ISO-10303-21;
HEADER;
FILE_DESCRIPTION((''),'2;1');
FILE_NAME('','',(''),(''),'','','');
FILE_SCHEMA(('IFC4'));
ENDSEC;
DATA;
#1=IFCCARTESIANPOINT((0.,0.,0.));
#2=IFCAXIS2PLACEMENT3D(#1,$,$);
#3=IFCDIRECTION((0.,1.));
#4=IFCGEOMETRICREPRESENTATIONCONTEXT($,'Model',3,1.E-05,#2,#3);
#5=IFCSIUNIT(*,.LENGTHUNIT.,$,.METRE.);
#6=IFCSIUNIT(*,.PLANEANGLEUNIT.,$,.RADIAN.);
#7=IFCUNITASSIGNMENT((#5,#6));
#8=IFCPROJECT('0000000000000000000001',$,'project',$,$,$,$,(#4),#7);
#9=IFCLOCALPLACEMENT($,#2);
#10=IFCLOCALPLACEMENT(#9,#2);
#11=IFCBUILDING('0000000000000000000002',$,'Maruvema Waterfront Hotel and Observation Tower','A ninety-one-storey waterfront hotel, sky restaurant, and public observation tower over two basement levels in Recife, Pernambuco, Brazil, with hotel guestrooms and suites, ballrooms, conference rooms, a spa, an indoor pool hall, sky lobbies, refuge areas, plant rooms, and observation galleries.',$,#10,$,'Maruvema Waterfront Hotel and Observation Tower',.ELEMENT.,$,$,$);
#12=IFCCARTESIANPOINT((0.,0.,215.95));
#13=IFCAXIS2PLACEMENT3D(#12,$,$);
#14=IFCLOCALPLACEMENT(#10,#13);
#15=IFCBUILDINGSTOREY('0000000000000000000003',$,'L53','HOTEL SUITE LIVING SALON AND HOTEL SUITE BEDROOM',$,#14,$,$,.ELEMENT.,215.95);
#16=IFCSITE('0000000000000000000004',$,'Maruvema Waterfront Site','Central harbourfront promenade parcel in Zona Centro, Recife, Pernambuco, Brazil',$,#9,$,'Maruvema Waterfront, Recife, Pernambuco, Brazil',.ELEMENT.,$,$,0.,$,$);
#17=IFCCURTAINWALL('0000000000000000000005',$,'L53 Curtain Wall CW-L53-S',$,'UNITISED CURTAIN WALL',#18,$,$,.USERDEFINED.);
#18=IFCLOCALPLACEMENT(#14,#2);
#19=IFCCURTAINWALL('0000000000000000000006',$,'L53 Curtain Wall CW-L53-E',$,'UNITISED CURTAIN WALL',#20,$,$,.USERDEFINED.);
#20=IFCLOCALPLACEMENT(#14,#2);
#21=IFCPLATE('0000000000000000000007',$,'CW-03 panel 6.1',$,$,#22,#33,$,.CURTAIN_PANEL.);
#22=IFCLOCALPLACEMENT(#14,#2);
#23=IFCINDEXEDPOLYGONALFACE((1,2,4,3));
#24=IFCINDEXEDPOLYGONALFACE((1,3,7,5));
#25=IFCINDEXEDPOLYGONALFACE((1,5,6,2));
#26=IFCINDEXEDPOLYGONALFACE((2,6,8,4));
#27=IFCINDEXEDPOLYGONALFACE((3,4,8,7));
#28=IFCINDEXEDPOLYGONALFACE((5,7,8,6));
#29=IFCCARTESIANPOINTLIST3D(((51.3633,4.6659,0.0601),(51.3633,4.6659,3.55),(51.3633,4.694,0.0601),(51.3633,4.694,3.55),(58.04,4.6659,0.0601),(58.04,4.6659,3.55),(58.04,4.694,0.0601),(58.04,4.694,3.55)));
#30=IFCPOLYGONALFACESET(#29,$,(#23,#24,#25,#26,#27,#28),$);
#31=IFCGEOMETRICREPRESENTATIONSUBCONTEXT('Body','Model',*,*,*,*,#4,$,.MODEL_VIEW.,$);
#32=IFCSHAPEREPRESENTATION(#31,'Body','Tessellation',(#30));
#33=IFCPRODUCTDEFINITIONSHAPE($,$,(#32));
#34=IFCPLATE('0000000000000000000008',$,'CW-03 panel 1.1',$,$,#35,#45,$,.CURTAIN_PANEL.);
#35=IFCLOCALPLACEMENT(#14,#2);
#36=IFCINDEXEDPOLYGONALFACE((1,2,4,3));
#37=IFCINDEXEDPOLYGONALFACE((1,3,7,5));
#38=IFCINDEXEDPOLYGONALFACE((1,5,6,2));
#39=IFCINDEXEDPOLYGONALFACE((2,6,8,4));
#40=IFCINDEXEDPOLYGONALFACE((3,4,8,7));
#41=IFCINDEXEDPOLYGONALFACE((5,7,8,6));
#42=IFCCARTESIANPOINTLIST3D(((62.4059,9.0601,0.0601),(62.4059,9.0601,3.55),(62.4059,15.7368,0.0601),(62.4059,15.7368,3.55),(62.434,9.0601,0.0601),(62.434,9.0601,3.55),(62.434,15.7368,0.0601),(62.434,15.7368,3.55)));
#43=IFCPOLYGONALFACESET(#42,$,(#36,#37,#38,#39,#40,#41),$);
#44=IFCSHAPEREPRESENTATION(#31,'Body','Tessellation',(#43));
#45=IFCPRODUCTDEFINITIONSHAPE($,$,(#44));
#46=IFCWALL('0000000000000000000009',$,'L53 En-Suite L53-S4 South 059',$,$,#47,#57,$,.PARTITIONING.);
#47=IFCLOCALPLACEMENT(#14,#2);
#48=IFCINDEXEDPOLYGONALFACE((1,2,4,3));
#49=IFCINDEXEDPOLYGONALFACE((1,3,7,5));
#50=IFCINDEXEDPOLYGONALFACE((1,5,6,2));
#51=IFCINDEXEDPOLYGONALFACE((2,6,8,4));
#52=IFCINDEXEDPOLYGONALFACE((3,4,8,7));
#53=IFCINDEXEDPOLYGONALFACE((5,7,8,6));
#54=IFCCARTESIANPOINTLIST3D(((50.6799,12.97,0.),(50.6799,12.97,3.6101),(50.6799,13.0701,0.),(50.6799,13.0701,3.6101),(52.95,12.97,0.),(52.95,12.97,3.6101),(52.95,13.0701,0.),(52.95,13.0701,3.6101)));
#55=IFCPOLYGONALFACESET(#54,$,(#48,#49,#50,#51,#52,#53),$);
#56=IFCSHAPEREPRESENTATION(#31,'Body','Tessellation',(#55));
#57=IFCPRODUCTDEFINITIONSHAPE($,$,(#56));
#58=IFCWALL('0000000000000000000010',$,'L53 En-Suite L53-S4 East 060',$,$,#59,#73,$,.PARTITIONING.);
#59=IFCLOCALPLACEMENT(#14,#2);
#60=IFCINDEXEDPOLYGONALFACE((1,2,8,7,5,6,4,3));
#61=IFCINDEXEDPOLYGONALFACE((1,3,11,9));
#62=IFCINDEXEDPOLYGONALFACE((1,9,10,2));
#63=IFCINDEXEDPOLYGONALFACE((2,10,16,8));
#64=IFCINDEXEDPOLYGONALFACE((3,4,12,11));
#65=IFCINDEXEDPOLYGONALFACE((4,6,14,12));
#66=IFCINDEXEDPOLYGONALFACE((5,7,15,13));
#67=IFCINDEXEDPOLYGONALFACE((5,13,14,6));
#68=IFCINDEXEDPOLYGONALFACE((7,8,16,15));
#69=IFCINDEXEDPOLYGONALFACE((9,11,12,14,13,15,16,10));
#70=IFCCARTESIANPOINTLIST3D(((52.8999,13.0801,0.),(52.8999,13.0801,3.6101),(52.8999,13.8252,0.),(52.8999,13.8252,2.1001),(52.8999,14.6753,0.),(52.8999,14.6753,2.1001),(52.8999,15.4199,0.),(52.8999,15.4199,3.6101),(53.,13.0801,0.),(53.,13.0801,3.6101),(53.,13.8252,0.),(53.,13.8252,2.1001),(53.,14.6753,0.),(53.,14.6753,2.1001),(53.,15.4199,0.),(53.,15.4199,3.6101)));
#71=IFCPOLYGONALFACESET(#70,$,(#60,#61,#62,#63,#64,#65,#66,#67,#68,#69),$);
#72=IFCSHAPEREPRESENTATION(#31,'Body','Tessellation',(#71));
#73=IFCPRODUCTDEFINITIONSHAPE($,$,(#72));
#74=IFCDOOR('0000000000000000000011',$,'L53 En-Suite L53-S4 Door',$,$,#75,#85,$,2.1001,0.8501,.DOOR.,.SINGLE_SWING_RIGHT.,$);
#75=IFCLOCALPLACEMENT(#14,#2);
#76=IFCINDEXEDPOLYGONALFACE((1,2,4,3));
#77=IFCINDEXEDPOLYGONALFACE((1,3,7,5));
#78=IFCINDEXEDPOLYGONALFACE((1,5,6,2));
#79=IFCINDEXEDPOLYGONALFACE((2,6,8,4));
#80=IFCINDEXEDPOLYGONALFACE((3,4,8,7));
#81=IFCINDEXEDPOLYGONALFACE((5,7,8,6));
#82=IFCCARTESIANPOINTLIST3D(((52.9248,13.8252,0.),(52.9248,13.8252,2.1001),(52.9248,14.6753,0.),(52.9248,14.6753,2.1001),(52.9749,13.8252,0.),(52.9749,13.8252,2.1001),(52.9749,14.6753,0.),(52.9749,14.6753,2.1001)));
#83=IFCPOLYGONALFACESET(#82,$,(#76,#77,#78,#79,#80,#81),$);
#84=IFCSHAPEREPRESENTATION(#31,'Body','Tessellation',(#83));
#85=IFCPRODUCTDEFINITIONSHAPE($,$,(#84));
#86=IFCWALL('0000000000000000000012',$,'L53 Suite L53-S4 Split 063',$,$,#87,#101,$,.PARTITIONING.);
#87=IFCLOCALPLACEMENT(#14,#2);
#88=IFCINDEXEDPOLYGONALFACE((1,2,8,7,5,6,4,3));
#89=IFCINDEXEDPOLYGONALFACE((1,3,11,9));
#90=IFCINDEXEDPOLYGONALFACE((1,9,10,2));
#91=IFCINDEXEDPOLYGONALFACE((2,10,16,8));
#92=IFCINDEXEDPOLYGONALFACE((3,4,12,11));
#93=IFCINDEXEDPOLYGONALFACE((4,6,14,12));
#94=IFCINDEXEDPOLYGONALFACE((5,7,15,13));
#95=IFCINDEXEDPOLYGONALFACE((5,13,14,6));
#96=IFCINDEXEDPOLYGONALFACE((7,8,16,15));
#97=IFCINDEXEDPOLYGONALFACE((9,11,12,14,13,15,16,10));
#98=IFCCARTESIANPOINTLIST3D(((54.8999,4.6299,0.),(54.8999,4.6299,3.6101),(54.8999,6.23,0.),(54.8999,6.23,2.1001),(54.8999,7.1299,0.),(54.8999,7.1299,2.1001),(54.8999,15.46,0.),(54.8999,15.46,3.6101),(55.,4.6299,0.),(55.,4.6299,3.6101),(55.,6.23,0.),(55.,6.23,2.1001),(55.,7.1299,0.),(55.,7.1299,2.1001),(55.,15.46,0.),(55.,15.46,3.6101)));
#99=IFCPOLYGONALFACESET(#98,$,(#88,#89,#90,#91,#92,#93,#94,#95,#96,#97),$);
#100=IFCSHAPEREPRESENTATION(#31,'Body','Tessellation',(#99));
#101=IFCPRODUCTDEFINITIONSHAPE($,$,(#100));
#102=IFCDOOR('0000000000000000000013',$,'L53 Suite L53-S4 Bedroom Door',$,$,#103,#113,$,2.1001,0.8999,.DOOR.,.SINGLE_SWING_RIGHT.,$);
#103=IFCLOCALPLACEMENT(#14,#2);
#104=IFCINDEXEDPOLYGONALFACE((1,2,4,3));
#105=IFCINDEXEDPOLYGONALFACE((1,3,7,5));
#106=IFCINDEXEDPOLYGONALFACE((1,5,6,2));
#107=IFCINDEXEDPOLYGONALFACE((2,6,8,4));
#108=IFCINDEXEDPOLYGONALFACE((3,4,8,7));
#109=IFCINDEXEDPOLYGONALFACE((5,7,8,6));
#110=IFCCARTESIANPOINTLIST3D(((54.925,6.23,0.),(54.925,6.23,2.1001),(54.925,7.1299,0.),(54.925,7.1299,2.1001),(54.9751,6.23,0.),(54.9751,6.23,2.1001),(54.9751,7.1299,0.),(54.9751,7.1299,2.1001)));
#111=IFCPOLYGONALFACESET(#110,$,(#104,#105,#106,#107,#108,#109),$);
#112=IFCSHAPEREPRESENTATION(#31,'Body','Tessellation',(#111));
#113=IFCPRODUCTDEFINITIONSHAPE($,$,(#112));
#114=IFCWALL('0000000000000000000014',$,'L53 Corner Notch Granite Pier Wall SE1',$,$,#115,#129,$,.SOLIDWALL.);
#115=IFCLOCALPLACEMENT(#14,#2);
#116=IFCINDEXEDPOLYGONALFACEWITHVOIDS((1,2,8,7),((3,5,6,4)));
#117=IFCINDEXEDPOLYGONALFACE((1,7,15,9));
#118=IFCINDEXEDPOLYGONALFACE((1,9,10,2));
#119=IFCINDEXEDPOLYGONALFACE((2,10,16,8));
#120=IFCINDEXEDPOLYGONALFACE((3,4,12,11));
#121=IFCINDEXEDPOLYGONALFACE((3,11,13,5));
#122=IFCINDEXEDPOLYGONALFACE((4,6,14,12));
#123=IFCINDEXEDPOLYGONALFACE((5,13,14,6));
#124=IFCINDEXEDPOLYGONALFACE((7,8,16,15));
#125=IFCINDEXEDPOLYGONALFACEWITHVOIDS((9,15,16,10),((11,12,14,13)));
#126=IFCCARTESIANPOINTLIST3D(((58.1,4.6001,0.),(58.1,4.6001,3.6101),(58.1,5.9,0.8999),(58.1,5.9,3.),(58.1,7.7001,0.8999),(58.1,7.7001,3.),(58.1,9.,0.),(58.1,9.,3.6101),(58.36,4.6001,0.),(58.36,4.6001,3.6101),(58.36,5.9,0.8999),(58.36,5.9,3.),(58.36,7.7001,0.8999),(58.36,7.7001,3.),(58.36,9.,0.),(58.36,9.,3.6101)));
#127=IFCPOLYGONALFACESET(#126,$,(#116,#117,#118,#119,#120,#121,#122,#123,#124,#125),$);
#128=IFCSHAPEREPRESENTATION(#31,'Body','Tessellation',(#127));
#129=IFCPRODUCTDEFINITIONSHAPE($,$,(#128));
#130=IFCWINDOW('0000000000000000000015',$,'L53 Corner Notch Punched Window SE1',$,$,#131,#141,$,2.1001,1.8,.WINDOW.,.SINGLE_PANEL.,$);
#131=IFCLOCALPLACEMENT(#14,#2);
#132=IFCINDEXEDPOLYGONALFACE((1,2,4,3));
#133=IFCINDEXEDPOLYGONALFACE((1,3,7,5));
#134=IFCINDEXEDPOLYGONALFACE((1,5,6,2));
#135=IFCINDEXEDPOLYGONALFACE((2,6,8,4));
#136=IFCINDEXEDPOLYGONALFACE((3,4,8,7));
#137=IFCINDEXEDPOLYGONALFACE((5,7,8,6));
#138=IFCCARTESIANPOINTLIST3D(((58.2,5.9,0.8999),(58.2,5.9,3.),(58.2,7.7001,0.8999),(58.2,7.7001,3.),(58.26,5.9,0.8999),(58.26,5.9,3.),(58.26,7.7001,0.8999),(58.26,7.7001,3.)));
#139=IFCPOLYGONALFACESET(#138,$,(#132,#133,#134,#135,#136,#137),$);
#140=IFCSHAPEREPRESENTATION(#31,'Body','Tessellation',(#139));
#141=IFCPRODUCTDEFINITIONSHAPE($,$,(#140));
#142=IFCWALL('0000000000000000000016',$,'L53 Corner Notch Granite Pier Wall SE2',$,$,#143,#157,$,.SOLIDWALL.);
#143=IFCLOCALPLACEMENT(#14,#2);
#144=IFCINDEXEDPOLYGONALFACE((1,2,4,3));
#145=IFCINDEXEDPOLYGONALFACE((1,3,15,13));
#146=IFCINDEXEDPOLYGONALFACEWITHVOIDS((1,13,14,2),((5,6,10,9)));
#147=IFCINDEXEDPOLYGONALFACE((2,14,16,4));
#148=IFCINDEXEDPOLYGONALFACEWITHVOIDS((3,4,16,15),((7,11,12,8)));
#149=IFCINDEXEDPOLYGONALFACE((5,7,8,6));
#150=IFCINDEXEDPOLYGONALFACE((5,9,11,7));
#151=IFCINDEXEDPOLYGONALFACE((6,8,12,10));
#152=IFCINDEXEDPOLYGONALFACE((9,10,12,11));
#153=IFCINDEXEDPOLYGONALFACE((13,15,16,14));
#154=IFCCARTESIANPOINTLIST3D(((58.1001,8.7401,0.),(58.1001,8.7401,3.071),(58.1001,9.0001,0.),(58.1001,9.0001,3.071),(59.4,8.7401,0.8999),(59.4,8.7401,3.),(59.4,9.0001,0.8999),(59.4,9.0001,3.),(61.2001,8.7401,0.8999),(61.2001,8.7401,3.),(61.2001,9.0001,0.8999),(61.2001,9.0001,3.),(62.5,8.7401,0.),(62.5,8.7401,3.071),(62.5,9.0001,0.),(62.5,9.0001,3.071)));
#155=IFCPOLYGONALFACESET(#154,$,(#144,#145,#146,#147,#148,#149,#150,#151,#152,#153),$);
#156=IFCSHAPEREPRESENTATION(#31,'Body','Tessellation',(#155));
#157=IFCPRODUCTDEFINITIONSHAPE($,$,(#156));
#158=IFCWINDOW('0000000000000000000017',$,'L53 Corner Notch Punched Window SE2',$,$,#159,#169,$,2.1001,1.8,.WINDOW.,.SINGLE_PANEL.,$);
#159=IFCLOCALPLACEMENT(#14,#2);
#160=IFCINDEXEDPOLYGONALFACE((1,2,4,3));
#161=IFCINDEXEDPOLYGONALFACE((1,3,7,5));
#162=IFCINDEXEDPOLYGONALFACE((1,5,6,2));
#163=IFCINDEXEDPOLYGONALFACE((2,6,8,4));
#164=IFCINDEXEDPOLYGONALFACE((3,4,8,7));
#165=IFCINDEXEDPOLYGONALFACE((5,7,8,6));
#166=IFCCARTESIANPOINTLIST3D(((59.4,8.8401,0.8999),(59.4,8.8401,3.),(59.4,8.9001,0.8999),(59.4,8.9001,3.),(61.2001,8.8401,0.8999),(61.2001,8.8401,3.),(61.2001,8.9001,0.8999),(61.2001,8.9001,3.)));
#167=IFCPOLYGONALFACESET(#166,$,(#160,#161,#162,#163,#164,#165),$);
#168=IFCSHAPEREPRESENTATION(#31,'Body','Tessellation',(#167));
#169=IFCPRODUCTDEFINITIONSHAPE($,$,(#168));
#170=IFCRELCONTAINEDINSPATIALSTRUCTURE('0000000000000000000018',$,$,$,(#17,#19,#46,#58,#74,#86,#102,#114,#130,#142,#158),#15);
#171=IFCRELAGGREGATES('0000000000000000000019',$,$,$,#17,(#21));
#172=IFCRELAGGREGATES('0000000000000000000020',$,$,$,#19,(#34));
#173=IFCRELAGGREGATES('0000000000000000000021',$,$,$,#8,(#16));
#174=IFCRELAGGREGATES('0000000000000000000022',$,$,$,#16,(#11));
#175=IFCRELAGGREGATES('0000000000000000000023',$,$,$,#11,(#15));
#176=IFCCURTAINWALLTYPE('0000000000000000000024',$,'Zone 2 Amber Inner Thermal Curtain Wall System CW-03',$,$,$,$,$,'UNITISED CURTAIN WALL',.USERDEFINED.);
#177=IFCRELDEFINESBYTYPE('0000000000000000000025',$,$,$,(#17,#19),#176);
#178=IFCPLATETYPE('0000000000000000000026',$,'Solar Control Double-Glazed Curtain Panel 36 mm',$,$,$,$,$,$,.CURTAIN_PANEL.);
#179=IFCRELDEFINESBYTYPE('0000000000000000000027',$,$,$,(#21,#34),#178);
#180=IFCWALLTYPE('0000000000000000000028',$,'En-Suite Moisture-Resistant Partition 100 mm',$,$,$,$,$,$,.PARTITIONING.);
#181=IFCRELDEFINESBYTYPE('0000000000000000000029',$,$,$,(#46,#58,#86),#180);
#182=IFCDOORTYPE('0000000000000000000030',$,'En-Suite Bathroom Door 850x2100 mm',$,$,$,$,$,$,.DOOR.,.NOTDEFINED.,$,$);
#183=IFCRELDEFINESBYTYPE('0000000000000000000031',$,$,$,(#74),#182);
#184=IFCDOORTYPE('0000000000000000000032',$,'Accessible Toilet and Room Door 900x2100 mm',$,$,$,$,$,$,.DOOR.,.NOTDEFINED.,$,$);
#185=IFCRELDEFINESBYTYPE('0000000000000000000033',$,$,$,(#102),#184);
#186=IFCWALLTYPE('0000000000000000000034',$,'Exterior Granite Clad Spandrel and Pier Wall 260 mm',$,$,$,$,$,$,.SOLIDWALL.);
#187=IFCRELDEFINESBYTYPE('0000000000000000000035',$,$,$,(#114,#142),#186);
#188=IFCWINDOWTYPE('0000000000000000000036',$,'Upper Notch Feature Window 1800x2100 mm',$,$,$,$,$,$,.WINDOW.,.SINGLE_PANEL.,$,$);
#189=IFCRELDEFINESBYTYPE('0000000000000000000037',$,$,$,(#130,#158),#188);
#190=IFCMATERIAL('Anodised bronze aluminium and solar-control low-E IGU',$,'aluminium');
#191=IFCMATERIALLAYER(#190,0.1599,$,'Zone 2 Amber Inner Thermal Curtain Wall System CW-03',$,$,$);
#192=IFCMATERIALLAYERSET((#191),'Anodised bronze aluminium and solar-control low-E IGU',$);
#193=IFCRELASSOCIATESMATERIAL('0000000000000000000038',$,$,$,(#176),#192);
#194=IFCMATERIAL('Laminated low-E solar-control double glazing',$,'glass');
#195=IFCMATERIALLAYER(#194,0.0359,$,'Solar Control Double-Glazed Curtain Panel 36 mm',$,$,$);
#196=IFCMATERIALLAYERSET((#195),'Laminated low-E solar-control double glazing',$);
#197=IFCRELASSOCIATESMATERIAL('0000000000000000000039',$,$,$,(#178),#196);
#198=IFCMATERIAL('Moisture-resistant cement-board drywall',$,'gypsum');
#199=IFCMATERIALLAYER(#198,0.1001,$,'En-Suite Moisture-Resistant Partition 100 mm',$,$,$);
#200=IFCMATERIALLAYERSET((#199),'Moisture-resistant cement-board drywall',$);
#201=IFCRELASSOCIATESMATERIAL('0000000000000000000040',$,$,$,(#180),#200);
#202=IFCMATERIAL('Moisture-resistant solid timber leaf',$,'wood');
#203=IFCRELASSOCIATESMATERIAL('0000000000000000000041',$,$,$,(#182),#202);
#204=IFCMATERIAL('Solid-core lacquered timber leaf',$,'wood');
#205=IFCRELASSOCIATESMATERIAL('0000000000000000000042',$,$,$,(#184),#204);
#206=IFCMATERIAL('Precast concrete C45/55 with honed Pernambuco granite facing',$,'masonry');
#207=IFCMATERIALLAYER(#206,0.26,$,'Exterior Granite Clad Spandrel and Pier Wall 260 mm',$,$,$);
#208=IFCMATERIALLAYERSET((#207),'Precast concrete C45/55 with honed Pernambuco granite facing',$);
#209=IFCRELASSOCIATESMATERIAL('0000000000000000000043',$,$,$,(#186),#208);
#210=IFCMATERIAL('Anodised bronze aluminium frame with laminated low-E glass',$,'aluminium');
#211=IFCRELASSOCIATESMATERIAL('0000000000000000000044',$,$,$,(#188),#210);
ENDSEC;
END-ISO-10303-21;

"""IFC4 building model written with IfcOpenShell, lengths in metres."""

from ifc_helpers import new_model, si_unit, direction, frame, frame_2d, origin, origin_2d, place, context, subcontext, project, spatial, rectangle, extrude, material, layer, layer_set, type_object, element, fill, aggregate, save


model = new_model("IFC4")

# Units and contexts
model_context = context("Model", 3, precision=1e-05, world=origin(), true_north=direction((0.0, 1.0)))
body_context = subcontext(model_context, "Body", "Model", "MODEL_VIEW")
ifc_project = project(units=[si_unit("LENGTHUNIT", "METRE"), si_unit("PLANEANGLEUNIT", "RADIAN")], contexts=[model_context])

# Site, building, storey
site_placement = place(None, origin())
site = spatial("IfcSite", under=ifc_project, at=site_placement, Name="Maruvema Waterfront Site", Description="Central harbourfront promenade parcel in Zona Centro, Recife, Pernambuco, Brazil", LongName="Maruvema Waterfront, Recife, Pernambuco, Brazil", CompositionType="ELEMENT", RefElevation=0.0)
building_placement = place(site_placement, origin())
building = spatial("IfcBuilding", under=site, at=building_placement, Name="Maruvema Waterfront Hotel and Observation Tower", Description="A ninety-one-storey waterfront hotel, sky restaurant, and public observation tower over two basement levels in Recife, Pernambuco, Brazil, with hotel guestrooms and suites, ballrooms, conference rooms, a spa, an indoor pool hall, sky lobbies, refuge areas, plant rooms, and observation galleries.", LongName="Maruvema Waterfront Hotel and Observation Tower", CompositionType="ELEMENT")
storey_placement = place(building_placement, frame((0.0, 0.0, 215.95)))
storey = spatial("IfcBuildingStorey", under=building, at=storey_placement, Name="L53", Description="HOTEL SUITE LIVING SALON AND HOTEL SUITE BEDROOM", CompositionType="ELEMENT", Elevation=215.95)

# Curtain walls
ifc_material_1 = material(Name="Anodised bronze aluminium and solar-control low-E IGU", Category="aluminium")
ifc_layer_1 = layer(ifc_material_1, 0.1599, Name="Zone 2 Amber Inner Thermal Curtain Wall System CW-03")
ifc_layer_set_1 = layer_set([ifc_layer_1], Name="Anodised bronze aluminium and solar-control low-E IGU")
curtain_wall_type = type_object("IfcCurtainWallType", Name="Zone 2 Amber Inner Thermal Curtain Wall System CW-03", ElementType="UNITISED CURTAIN WALL", PredefinedType="USERDEFINED", material=ifc_layer_set_1)
curtain_wall_1_placement = place(storey_placement, origin())
curtain_wall_1 = element("IfcCurtainWall", 1, at=curtain_wall_1_placement, inside=storey, type_object=curtain_wall_type, Name="L53 Curtain Wall CW-L53-S", ObjectType="UNITISED CURTAIN WALL", PredefinedType="USERDEFINED")
curtain_wall_2_placement = place(storey_placement, origin())
curtain_wall_2 = element("IfcCurtainWall", 2, at=curtain_wall_2_placement, inside=storey, type_object=curtain_wall_type, Name="L53 Curtain Wall CW-L53-E", ObjectType="UNITISED CURTAIN WALL", PredefinedType="USERDEFINED")

# Plates
ifc_material_2 = material(Name="Laminated low-E solar-control double glazing", Category="glass")
ifc_layer_2 = layer(ifc_material_2, 0.0359, Name="Solar Control Double-Glazed Curtain Panel 36 mm")
ifc_layer_set_2 = layer_set([ifc_layer_2], Name="Laminated low-E solar-control double glazing")
plate_type = type_object("IfcPlateType", Name="Solar Control Double-Glazed Curtain Panel 36 mm", PredefinedType="CURTAIN_PANEL", material=ifc_layer_set_2)
plate_1_placement = place(storey_placement, frame((54.7017, 4.6799, 0.0601), z_axis=(0.0, 0.0, 1.0), x_axis=(1.0, 0.0, 0.0)))
plate_1 = element("IfcPlate", 3, at=plate_1_placement, type_object=plate_type, Name="CW-03 panel 6.1", PredefinedType="CURTAIN_PANEL", context=body_context, shape_type="SweptSolid", body=[
    extrude(rectangle(XDim=6.6768, YDim=0.0281, at=origin_2d()), origin(), (0.0, 0.0, 1.0), 3.49),
])
aggregate(curtain_wall_1, [plate_1])
plate_2_placement = place(storey_placement, frame((62.4199, 12.3984, 0.0601), z_axis=(0.0, 0.0, 1.0), x_axis=(0.0, 1.0, 0.0)))
plate_2 = element("IfcPlate", 4, at=plate_2_placement, type_object=plate_type, Name="CW-03 panel 1.1", PredefinedType="CURTAIN_PANEL", context=body_context, shape_type="SweptSolid", body=[
    extrude(rectangle(XDim=6.6768, YDim=0.0281, at=origin_2d()), origin(), (0.0, 0.0, 1.0), 3.49),
])
aggregate(curtain_wall_2, [plate_2])

# Wall
ifc_material_3 = material(Name="Moisture-resistant cement-board drywall", Category="gypsum")
ifc_layer_3 = layer(ifc_material_3, 0.1001, Name="En-Suite Moisture-Resistant Partition 100 mm")
ifc_layer_set_3 = layer_set([ifc_layer_3], Name="Moisture-resistant cement-board drywall")
wall_type_1 = type_object("IfcWallType", Name="En-Suite Moisture-Resistant Partition 100 mm", PredefinedType="PARTITIONING", material=ifc_layer_set_3)
wall_1_placement = place(storey_placement, frame((50.6799, 13.02, 0.0), z_axis=(0.0, 0.0, 1.0), x_axis=(1.0, 0.0, 0.0)))
element("IfcWall", 5, at=wall_1_placement, inside=storey, type_object=wall_type_1, Name="L53 En-Suite L53-S4 South 059", PredefinedType="PARTITIONING", context=body_context, shape_type="SweptSolid", body=[
    extrude(rectangle(XDim=2.27, YDim=0.1001, at=frame_2d((1.135, 0.0))), origin(), (0.0, 0.0, 1.0), 3.6101),
])

# Walls, openings, doors
wall_2_placement = place(storey_placement, frame((52.95, 13.0801, 0.0), z_axis=(0.0, 0.0, 1.0), x_axis=(0.0, 1.0, 0.0)))
wall_2 = element("IfcWall", 6, at=wall_2_placement, inside=storey, type_object=wall_type_1, Name="L53 En-Suite L53-S4 East 060", PredefinedType="PARTITIONING", context=body_context, shape_type="SweptSolid", body=[
    extrude(rectangle(XDim=2.3398, YDim=0.1001, at=frame_2d((1.1699, 0.0))), origin(), (0.0, 0.0, 1.0), 3.6101),
])
opening_1_placement = place(wall_2_placement, frame((0.7451, 0.0, 0.0)))
opening_1 = element("IfcOpeningElement", 7, at=opening_1_placement, cuts=wall_2, PredefinedType="OPENING", context=body_context, shape_type="SweptSolid", body=[
    extrude(rectangle(XDim=0.8501, YDim=2.1001, at=frame_2d((0.425, 1.05))), frame((0.0, 0.0601, 0.0), z_axis=(0.0, -1.0, 0.0), x_axis=(1.0, 0.0, 0.0)), (0.0, 0.0, 1.0), 0.1201),
])
ifc_material_4 = material(Name="Moisture-resistant solid timber leaf", Category="wood")
door_type_1 = type_object("IfcDoorType", Name="En-Suite Bathroom Door 850x2100 mm", OperationType="NOTDEFINED", PredefinedType="DOOR", material=ifc_material_4)
door_1_placement = place(opening_1_placement, frame((0.8501, 0.0, 0.0), z_axis=(0.0, 0.0, 1.0), x_axis=(-1.0, 0.0, 0.0)))
door_1 = element("IfcDoor", 8, at=door_1_placement, inside=storey, type_object=door_type_1, Name="L53 En-Suite L53-S4 Door", OperationType="SINGLE_SWING_RIGHT", OverallHeight=2.1001, OverallWidth=0.8501, PredefinedType="DOOR", context=body_context, shape_type="SweptSolid", body=[
    extrude(rectangle(XDim=0.8501, YDim=2.1001, at=frame_2d((0.425, 1.05))), frame((0.0, 0.0249, 0.0), z_axis=(0.0, -1.0, 0.0), x_axis=(1.0, 0.0, 0.0)), (0.0, 0.0, 1.0), 0.05),
])
fill(opening_1, door_1)
wall_3_placement = place(storey_placement, frame((54.95, 4.6299, 0.0), z_axis=(0.0, 0.0, 1.0), x_axis=(0.0, 1.0, 0.0)))
wall_3 = element("IfcWall", 9, at=wall_3_placement, inside=storey, type_object=wall_type_1, Name="L53 Suite L53-S4 Split 063", PredefinedType="PARTITIONING", context=body_context, shape_type="SweptSolid", body=[
    extrude(rectangle(XDim=10.8301, YDim=0.1001, at=frame_2d((5.415, 0.0))), origin(), (0.0, 0.0, 1.0), 3.6101),
])
opening_2_placement = place(wall_3_placement, frame((1.6001, 0.0, 0.0)))
opening_2 = element("IfcOpeningElement", 10, at=opening_2_placement, cuts=wall_3, PredefinedType="OPENING", context=body_context, shape_type="SweptSolid", body=[
    extrude(rectangle(XDim=0.8999, YDim=2.1001, at=frame_2d((0.45, 1.05))), frame((0.0, 0.0601, 0.0), z_axis=(0.0, -1.0, 0.0), x_axis=(1.0, 0.0, 0.0)), (0.0, 0.0, 1.0), 0.1201),
])
ifc_material_5 = material(Name="Solid-core lacquered timber leaf", Category="wood")
door_type_2 = type_object("IfcDoorType", Name="Accessible Toilet and Room Door 900x2100 mm", OperationType="NOTDEFINED", PredefinedType="DOOR", material=ifc_material_5)
door_2_placement = place(opening_2_placement, origin())
door_2 = element("IfcDoor", 11, at=door_2_placement, inside=storey, type_object=door_type_2, Name="L53 Suite L53-S4 Bedroom Door", OperationType="SINGLE_SWING_RIGHT", OverallHeight=2.1001, OverallWidth=0.8999, PredefinedType="DOOR", context=body_context, shape_type="SweptSolid", body=[
    extrude(rectangle(XDim=0.8999, YDim=2.1001, at=frame_2d((0.45, 1.05))), frame((0.0, 0.0249, 0.0), z_axis=(0.0, -1.0, 0.0), x_axis=(1.0, 0.0, 0.0)), (0.0, 0.0, 1.0), 0.05),
])
fill(opening_2, door_2)

# Walls, openings, windows
ifc_material_6 = material(Name="Precast concrete C45/55 with honed Pernambuco granite facing", Category="masonry")
ifc_layer_4 = layer(ifc_material_6, 0.26, Name="Exterior Granite Clad Spandrel and Pier Wall 260 mm")
ifc_layer_set_4 = layer_set([ifc_layer_4], Name="Precast concrete C45/55 with honed Pernambuco granite facing")
wall_type_2 = type_object("IfcWallType", Name="Exterior Granite Clad Spandrel and Pier Wall 260 mm", PredefinedType="SOLIDWALL", material=ifc_layer_set_4)
wall_4_placement = place(storey_placement, frame((58.23, 9.0, 0.0), z_axis=(0.0, 0.0, 1.0), x_axis=(0.0, -1.0, 0.0)))
wall_4 = element("IfcWall", 12, at=wall_4_placement, inside=storey, type_object=wall_type_2, Name="L53 Corner Notch Granite Pier Wall SE1", PredefinedType="SOLIDWALL", context=body_context, shape_type="SweptSolid", body=[
    extrude(rectangle(XDim=4.3999, YDim=0.26, at=frame_2d((2.2, 0.0))), origin(), (0.0, 0.0, 1.0), 3.6101),
])
opening_3_placement = place(wall_4_placement, frame((1.3, 0.0, 0.8999)))
opening_3 = element("IfcOpeningElement", 13, at=opening_3_placement, cuts=wall_4, PredefinedType="OPENING", context=body_context, shape_type="SweptSolid", body=[
    extrude(rectangle(XDim=1.8, YDim=2.1001, at=frame_2d((0.8999, 1.05))), frame((0.0, 0.1401, 0.0), z_axis=(0.0, -1.0, 0.0), x_axis=(1.0, 0.0, 0.0)), (0.0, 0.0, 1.0), 0.28),
])
ifc_material_7 = material(Name="Anodised bronze aluminium frame with laminated low-E glass", Category="aluminium")
window_type = type_object("IfcWindowType", Name="Upper Notch Feature Window 1800x2100 mm", PartitioningType="SINGLE_PANEL", PredefinedType="WINDOW", material=ifc_material_7)
window_1_placement = place(opening_3_placement, origin())
window_1 = element("IfcWindow", 14, at=window_1_placement, inside=storey, type_object=window_type, Name="L53 Corner Notch Punched Window SE1", OverallHeight=2.1001, OverallWidth=1.8, PartitioningType="SINGLE_PANEL", PredefinedType="WINDOW", context=body_context, shape_type="SweptSolid", body=[
    extrude(rectangle(XDim=1.8, YDim=2.1001, at=frame_2d((0.8999, 1.05))), frame((0.0, 0.03, 0.0), z_axis=(0.0, -1.0, 0.0), x_axis=(1.0, 0.0, 0.0)), (0.0, 0.0, 1.0), 0.0601),
])
fill(opening_3, window_1)
wall_5_placement = place(storey_placement, frame((62.5, 8.8701, 0.0), z_axis=(0.0, 0.0, 1.0), x_axis=(-1.0, 0.0, 0.0)))
wall_5 = element("IfcWall", 15, at=wall_5_placement, inside=storey, type_object=wall_type_2, Name="L53 Corner Notch Granite Pier Wall SE2", PredefinedType="SOLIDWALL", context=body_context, shape_type="SweptSolid", body=[
    extrude(rectangle(XDim=4.3999, YDim=0.26, at=frame_2d((2.2, 0.0))), origin(), (0.0, 0.0, 1.0), 3.071),
])
opening_4_placement = place(wall_5_placement, frame((1.3, 0.0, 0.8999)))
opening_4 = element("IfcOpeningElement", 16, at=opening_4_placement, cuts=wall_5, PredefinedType="OPENING", context=body_context, shape_type="SweptSolid", body=[
    extrude(rectangle(XDim=1.8, YDim=2.1001, at=frame_2d((0.8999, 1.05))), frame((0.0, 0.1401, 0.0), z_axis=(0.0, -1.0, 0.0), x_axis=(1.0, 0.0, 0.0)), (0.0, 0.0, 1.0), 0.28),
])
window_2_placement = place(opening_4_placement, origin())
window_2 = element("IfcWindow", 17, at=window_2_placement, inside=storey, type_object=window_type, Name="L53 Corner Notch Punched Window SE2", OverallHeight=2.1001, OverallWidth=1.8, PartitioningType="SINGLE_PANEL", PredefinedType="WINDOW", context=body_context, shape_type="SweptSolid", body=[
    extrude(rectangle(XDim=1.8, YDim=2.1001, at=frame_2d((0.8999, 1.05))), frame((0.0, 0.03, 0.0), z_axis=(0.0, -1.0, 0.0), x_axis=(1.0, 0.0, 0.0)), (0.0, 0.0, 1.0), 0.0601),
])
fill(opening_4, window_2)

save(model, "model.ifc")
